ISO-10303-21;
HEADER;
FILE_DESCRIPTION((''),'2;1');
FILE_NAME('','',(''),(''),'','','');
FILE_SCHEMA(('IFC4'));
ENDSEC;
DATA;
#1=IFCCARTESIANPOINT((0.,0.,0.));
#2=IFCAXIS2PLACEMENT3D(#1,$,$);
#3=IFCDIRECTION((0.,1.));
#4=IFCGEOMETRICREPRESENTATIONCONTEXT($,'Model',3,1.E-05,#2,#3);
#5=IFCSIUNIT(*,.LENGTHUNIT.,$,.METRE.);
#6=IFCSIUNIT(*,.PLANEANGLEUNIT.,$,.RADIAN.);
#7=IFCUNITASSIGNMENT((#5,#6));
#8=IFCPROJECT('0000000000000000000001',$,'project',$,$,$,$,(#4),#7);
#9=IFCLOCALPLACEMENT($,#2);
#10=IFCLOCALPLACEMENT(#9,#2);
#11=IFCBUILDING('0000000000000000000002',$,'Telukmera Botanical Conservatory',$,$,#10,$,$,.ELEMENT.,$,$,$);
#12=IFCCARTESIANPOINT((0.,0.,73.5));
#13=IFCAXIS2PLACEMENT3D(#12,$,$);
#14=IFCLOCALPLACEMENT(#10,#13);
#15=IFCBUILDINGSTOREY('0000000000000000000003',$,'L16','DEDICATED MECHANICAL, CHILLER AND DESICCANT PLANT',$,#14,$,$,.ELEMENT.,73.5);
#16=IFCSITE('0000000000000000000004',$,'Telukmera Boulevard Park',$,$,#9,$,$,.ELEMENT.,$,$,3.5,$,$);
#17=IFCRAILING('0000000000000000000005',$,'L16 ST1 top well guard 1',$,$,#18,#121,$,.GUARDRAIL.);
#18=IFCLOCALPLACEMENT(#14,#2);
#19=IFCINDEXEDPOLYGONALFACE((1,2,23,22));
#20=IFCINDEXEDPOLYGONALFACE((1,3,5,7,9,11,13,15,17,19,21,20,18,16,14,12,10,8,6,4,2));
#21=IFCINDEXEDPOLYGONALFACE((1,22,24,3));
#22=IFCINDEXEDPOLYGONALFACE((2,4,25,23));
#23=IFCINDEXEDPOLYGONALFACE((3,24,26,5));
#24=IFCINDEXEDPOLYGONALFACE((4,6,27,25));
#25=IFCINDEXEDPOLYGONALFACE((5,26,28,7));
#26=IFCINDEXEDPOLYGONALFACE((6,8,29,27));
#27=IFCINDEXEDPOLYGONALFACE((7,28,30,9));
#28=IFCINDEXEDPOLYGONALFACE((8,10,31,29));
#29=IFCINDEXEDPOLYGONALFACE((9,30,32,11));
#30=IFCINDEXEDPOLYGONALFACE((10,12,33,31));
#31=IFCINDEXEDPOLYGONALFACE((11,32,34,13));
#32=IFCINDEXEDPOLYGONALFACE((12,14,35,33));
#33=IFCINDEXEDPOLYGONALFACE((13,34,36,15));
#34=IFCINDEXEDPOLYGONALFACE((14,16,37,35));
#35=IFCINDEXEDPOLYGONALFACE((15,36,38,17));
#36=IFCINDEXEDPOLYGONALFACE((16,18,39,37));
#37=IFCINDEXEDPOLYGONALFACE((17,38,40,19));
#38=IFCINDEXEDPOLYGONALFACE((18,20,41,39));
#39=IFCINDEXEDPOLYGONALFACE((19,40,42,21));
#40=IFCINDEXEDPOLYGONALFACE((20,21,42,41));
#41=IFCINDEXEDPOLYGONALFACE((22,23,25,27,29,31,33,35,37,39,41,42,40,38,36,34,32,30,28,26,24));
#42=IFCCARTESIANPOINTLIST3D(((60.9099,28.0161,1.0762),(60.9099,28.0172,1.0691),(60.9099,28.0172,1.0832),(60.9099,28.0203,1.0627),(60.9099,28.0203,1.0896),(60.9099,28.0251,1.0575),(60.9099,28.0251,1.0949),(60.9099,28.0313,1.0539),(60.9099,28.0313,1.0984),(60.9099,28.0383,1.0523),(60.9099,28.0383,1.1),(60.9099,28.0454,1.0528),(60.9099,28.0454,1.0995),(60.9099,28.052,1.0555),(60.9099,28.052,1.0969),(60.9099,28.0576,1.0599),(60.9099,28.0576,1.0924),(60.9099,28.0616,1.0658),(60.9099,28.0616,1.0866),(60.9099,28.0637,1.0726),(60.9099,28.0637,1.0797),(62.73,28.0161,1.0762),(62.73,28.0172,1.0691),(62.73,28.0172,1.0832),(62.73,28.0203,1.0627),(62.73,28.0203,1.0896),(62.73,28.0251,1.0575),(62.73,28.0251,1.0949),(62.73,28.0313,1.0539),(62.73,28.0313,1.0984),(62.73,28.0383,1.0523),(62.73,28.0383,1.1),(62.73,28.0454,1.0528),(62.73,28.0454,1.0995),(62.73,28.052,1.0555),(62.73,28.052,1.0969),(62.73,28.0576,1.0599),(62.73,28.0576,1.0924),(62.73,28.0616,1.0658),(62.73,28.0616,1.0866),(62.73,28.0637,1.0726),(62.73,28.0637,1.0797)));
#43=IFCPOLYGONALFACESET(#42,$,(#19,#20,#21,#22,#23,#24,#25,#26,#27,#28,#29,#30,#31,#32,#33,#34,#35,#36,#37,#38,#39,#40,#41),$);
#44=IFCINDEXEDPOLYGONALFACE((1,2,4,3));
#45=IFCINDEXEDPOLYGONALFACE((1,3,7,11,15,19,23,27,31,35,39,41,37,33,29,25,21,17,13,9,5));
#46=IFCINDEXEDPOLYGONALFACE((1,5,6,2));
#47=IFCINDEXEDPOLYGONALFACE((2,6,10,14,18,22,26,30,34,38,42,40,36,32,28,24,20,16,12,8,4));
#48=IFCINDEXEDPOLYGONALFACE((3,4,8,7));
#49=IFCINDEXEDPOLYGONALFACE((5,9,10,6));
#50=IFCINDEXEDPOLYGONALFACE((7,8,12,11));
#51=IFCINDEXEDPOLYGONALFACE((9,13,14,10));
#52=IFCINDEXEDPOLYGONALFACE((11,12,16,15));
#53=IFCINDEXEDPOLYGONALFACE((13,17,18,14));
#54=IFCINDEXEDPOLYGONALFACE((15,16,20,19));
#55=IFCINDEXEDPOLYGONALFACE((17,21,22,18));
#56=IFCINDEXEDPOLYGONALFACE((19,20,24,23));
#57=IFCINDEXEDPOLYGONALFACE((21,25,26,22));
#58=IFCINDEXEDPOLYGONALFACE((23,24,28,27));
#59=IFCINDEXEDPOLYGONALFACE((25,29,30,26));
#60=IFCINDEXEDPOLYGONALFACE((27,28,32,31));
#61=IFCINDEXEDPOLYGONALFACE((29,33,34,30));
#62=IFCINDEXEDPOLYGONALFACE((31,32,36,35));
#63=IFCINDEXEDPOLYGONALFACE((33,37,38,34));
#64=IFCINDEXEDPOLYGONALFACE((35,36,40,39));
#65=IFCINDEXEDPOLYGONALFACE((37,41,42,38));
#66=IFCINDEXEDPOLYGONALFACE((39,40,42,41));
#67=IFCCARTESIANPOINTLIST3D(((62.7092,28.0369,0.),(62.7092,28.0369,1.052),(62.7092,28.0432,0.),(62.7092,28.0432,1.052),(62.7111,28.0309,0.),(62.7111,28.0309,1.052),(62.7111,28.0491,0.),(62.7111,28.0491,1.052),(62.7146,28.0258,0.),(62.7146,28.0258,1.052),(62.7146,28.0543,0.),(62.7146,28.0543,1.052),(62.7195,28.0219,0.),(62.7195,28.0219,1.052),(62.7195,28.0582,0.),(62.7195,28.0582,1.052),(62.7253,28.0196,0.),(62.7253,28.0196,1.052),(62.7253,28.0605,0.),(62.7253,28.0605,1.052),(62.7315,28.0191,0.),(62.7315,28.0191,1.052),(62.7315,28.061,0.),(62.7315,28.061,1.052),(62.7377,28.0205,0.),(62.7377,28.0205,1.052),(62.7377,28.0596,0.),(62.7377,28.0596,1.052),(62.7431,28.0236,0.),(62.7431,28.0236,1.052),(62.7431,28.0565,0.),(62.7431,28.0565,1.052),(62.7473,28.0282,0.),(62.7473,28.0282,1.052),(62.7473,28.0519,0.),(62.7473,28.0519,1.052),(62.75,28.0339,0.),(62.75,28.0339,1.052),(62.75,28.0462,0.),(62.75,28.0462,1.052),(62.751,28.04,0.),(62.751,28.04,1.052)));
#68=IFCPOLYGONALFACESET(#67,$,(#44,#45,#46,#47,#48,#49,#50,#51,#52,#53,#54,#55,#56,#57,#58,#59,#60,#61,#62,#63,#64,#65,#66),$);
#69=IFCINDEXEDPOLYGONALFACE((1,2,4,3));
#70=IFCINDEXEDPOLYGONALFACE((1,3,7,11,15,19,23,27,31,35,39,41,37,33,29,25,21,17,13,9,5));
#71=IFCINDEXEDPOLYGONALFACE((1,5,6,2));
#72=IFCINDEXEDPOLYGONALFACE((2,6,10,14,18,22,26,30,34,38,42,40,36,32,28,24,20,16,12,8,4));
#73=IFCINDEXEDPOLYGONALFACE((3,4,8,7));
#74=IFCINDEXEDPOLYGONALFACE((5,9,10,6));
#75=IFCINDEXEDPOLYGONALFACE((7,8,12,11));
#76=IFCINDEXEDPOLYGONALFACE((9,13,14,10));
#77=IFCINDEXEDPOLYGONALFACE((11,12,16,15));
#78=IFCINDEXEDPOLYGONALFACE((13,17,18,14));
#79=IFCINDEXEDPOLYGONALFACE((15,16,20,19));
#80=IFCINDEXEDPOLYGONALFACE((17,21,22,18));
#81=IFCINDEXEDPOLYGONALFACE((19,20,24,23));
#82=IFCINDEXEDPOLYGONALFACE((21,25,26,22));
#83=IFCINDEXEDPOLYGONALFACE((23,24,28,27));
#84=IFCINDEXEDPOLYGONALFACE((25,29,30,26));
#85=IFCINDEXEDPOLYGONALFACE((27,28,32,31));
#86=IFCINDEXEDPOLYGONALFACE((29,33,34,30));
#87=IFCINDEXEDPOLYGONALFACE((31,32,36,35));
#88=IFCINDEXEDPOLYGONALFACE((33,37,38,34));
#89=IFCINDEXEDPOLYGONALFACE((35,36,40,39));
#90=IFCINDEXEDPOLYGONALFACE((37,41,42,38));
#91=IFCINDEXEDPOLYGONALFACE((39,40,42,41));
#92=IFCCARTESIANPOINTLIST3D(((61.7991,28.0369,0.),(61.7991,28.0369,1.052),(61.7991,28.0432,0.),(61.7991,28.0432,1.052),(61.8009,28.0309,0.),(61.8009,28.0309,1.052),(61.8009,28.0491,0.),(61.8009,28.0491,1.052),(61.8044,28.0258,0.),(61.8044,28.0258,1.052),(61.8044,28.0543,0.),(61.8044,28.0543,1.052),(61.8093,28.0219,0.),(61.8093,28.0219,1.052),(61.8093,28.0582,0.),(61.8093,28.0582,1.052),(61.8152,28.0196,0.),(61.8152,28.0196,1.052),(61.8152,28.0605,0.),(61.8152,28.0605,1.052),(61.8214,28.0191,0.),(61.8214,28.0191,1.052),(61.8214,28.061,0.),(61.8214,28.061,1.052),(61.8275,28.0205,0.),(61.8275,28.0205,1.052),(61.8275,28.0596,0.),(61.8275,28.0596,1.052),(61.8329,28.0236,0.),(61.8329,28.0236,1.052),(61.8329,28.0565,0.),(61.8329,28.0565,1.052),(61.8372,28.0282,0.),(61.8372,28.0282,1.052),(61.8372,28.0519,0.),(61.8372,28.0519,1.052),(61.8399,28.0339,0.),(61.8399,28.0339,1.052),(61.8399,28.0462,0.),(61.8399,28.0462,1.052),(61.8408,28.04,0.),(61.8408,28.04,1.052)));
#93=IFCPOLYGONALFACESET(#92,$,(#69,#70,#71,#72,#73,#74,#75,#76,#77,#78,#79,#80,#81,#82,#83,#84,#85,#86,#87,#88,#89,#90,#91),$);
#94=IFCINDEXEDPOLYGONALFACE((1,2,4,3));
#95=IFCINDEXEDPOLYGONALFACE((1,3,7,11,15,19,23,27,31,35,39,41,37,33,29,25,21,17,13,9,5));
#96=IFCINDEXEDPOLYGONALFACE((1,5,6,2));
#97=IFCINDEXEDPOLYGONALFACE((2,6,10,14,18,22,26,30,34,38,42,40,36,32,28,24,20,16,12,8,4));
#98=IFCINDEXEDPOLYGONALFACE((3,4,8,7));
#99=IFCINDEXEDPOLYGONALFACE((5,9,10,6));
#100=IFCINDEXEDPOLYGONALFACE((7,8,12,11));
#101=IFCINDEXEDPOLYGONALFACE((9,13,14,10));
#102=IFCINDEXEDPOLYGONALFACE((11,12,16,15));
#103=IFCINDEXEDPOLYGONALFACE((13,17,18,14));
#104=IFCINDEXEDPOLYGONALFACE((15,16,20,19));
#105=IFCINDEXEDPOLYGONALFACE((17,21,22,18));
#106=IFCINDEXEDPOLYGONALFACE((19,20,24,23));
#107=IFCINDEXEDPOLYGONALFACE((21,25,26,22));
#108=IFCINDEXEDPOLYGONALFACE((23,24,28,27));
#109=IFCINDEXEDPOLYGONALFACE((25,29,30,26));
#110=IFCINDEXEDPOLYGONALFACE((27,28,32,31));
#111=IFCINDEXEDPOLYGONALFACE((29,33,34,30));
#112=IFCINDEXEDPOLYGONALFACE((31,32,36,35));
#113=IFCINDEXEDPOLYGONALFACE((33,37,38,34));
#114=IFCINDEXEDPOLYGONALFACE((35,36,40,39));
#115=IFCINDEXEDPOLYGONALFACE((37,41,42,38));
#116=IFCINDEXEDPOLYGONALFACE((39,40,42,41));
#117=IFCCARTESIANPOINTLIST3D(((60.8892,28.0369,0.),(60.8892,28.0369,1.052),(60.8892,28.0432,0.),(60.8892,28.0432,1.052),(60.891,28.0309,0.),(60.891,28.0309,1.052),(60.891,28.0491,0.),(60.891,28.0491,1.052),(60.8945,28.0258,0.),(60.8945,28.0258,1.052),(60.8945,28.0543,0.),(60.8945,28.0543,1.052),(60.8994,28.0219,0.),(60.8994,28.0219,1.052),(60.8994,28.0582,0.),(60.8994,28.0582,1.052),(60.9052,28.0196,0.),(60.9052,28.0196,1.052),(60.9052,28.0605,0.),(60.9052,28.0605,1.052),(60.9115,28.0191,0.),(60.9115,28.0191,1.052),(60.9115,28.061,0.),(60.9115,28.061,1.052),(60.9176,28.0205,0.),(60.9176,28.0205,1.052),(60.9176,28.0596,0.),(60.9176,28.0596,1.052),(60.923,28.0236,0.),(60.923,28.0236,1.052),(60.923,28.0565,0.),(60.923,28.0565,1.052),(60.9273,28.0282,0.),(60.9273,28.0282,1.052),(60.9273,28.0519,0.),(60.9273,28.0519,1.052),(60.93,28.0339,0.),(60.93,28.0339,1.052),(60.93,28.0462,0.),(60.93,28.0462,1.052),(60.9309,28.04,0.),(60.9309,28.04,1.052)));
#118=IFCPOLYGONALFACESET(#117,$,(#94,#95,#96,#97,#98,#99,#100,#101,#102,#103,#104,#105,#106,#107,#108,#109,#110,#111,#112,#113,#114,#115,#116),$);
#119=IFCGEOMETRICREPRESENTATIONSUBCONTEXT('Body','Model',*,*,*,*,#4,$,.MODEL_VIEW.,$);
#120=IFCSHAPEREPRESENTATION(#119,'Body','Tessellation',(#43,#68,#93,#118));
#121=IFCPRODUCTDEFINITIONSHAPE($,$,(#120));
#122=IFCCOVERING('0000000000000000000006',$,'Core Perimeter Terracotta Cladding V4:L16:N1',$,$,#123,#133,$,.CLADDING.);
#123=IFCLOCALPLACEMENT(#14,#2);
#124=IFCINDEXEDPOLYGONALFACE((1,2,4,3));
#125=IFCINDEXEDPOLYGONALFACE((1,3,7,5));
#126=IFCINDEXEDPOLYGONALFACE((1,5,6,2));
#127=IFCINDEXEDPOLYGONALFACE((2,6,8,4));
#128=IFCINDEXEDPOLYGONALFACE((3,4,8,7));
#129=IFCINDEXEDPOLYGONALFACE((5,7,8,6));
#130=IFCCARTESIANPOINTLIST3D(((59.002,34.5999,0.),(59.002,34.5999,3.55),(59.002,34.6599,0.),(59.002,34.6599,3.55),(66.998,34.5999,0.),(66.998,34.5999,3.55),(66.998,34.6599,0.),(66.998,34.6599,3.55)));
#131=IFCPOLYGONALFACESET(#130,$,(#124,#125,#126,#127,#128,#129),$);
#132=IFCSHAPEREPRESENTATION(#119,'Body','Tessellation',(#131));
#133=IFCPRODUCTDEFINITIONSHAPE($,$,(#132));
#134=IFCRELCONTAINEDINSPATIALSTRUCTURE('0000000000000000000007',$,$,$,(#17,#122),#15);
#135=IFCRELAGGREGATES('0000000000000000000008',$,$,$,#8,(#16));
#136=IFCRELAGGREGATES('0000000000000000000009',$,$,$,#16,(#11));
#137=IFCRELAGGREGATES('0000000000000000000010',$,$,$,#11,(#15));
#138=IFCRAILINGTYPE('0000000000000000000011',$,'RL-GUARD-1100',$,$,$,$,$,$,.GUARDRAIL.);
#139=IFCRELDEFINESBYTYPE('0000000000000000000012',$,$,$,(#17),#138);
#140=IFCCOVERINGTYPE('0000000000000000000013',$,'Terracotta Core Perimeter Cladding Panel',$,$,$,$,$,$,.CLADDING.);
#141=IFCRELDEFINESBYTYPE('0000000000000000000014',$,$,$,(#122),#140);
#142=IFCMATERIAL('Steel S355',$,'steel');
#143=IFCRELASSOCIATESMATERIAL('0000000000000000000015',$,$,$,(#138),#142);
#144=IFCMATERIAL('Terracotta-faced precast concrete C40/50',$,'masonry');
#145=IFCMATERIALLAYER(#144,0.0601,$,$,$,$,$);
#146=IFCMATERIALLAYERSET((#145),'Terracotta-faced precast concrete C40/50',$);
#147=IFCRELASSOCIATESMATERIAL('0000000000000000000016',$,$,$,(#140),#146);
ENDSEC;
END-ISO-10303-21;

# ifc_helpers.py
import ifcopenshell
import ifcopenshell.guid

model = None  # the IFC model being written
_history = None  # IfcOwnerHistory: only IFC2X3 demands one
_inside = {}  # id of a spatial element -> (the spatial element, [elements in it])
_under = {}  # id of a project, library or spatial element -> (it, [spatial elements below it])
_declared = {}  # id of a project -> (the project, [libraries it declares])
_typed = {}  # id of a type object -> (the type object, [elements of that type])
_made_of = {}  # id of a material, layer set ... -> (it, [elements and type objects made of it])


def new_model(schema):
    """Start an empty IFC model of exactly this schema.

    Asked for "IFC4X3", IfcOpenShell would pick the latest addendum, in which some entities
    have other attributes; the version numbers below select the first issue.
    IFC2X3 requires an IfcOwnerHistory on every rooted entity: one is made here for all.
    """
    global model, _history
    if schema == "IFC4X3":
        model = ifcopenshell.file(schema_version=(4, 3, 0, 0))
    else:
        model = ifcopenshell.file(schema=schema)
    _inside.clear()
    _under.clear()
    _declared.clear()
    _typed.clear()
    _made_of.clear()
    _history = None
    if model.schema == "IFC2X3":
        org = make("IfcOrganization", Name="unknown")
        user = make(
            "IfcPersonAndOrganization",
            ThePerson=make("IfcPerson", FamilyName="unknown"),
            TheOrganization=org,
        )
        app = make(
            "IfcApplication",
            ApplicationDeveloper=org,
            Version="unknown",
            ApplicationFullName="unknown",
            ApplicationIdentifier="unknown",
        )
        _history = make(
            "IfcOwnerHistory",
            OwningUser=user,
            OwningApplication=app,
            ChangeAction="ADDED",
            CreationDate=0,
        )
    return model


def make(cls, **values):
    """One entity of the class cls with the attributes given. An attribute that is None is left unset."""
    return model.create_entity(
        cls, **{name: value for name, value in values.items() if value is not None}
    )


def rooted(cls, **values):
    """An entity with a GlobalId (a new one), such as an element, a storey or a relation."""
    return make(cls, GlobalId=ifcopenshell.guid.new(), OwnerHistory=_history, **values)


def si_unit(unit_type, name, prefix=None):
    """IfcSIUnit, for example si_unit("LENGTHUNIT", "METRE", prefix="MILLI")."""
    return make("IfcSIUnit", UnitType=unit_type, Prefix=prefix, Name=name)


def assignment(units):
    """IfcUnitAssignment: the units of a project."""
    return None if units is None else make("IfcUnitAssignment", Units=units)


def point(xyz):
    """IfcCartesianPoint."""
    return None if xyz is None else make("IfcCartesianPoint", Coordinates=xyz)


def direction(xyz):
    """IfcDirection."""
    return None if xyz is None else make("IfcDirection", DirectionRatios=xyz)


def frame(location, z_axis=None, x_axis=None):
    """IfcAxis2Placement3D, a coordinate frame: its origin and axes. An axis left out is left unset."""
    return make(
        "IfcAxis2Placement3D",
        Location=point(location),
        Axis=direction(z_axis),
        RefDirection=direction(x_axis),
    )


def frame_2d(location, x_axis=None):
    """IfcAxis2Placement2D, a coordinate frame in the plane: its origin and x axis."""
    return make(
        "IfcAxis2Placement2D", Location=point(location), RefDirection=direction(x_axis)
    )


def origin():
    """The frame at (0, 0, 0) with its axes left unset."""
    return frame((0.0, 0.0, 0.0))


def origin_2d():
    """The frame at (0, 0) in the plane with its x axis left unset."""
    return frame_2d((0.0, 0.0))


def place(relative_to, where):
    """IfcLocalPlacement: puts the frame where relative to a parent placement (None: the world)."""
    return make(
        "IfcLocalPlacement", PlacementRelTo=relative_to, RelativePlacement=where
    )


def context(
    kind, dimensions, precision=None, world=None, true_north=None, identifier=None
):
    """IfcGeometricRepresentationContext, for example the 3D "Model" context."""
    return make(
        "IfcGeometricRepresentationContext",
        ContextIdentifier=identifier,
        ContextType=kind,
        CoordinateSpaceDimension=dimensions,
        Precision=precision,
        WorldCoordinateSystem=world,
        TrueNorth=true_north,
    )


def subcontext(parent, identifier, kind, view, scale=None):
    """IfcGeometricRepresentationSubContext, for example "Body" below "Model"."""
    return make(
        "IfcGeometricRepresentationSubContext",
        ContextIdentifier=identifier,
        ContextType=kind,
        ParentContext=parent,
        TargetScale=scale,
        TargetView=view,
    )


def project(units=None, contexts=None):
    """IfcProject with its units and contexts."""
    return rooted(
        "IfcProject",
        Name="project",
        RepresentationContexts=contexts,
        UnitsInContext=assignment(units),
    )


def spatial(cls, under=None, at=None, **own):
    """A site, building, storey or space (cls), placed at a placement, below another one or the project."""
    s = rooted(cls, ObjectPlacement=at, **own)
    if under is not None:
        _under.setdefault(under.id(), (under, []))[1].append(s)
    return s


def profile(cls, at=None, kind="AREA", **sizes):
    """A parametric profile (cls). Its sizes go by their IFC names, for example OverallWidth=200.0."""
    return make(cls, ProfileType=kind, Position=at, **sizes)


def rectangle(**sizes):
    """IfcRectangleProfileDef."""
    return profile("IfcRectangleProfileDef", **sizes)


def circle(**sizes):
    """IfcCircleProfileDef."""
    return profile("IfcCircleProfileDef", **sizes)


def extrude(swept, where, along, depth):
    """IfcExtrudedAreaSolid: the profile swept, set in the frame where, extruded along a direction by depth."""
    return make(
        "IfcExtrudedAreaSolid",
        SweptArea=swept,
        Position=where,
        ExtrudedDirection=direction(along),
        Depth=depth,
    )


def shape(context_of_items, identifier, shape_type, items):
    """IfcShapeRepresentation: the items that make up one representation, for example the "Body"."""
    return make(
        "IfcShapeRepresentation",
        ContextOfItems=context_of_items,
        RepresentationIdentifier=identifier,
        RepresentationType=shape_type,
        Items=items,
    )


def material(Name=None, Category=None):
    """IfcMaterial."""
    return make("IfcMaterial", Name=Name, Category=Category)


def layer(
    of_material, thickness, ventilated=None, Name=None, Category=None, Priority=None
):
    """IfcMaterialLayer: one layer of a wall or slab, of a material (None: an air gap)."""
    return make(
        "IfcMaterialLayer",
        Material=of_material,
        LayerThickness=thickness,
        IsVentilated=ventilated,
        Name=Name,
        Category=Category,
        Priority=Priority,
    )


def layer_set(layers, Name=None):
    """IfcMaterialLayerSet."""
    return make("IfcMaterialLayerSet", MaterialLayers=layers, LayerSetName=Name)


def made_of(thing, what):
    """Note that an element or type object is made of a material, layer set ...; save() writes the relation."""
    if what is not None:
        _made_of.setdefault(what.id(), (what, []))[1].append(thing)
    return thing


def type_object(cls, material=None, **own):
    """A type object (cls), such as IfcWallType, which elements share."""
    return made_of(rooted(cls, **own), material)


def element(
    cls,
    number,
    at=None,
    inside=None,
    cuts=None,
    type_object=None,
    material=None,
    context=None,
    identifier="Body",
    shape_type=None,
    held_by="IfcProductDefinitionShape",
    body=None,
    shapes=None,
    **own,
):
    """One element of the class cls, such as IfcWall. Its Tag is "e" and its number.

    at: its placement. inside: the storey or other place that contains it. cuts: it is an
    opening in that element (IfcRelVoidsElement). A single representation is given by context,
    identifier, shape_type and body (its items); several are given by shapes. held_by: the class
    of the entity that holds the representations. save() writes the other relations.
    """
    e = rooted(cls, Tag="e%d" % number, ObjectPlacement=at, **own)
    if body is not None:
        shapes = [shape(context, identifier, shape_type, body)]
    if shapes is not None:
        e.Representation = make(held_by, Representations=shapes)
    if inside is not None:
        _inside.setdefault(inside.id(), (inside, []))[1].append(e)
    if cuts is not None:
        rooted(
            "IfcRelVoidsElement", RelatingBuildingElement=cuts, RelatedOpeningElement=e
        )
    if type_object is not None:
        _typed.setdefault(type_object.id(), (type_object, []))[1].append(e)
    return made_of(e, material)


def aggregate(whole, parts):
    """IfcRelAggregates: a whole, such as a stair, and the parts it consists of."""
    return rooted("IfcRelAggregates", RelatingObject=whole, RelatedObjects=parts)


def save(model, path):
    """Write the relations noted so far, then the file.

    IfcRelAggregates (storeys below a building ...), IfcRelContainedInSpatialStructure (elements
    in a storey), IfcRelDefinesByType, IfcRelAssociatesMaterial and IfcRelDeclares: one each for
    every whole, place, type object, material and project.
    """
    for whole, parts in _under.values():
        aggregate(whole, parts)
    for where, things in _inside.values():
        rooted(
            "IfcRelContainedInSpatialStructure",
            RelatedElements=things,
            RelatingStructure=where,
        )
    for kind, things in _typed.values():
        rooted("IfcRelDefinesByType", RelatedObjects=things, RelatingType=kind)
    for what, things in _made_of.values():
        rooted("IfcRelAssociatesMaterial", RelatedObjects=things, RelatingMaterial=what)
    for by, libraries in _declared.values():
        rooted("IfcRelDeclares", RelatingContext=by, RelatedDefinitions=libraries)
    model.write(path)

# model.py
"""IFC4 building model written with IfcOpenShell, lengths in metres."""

from ifc_helpers import new_model, si_unit, direction, frame, origin, origin_2d, place, context, subcontext, project, spatial, rectangle, circle, extrude, material, layer, layer_set, type_object, element, save


model = new_model("IFC4")

# Units and contexts
model_context = context("Model", 3, precision=1e-05, world=origin(), true_north=direction((0.0, 1.0)))
body_context = subcontext(model_context, "Body", "Model", "MODEL_VIEW")
ifc_project = project(units=[si_unit("LENGTHUNIT", "METRE"), si_unit("PLANEANGLEUNIT", "RADIAN")], contexts=[model_context])

# Site, building, storey
site_placement = place(None, origin())
site = spatial("IfcSite", under=ifc_project, at=site_placement, Name="Telukmera Boulevard Park", CompositionType="ELEMENT", RefElevation=3.5)
building_placement = place(site_placement, origin())
building = spatial("IfcBuilding", under=site, at=building_placement, Name="Telukmera Botanical Conservatory", CompositionType="ELEMENT")
storey_placement = place(building_placement, frame((0.0, 0.0, 73.5)))
storey = spatial("IfcBuildingStorey", under=building, at=storey_placement, Name="L16", Description="DEDICATED MECHANICAL, CHILLER AND DESICCANT PLANT", CompositionType="ELEMENT", Elevation=73.5)

# Shared definitions
ifc_material_1 = material(Name="Terracotta-faced precast concrete C40/50", Category="masonry")

# Railing
ifc_material_2 = material(Name="Steel S355", Category="steel")
railing_type = type_object("IfcRailingType", Name="RL-GUARD-1100", PredefinedType="GUARDRAIL", material=ifc_material_2)
railing_placement = place(storey_placement, frame((62.73, 28.04, 0.0)))
element("IfcRailing", 1, at=railing_placement, inside=storey, type_object=railing_type, Name="L16 ST1 top well guard 1", PredefinedType="GUARDRAIL", context=body_context, shape_type="SweptSolid", body=[
    extrude(circle(Radius=0.0239, at=origin_2d()), frame((0.0, 0.0, 1.0762), z_axis=(-1.0, 0.0, 0.0), x_axis=(0.0, -1.0, 0.0)), (0.0, 0.0, 1.0), 1.8201),
    extrude(circle(Radius=0.021, at=origin_2d()), origin(), (0.0, 0.0, 1.0), 1.052),
    extrude(circle(Radius=0.021, at=origin_2d()), frame((-0.9102, 0.0, 0.0)), (0.0, 0.0, 1.0), 1.052),
    extrude(circle(Radius=0.021, at=origin_2d()), frame((-1.8201, 0.0, 0.0)), (0.0, 0.0, 1.0), 1.052),
])

# Covering
ifc_layer_1 = layer(ifc_material_1, 0.0601)
ifc_layer_set_1 = layer_set([ifc_layer_1], Name="Terracotta-faced precast concrete C40/50")
covering_type_1 = type_object("IfcCoveringType", Name="Terracotta Core Perimeter Cladding Panel", PredefinedType="CLADDING", material=ifc_layer_set_1)
covering_1_placement = place(storey_placement, frame((63.0, 34.6299, 0.0), z_axis=(0.0, 0.0, 1.0), x_axis=(1.0, 0.0, 0.0)))
element("IfcCovering", 2, at=covering_1_placement, inside=storey, type_object=covering_type_1, Name="Core Perimeter Terracotta Cladding V4:L16:N1", PredefinedType="CLADDING", context=body_context, shape_type="SweptSolid", body=[
    extrude(rectangle(XDim=7.9961, YDim=0.0601, at=origin_2d()), origin(), (0.0, 0.0, 1.0), 3.55),
])

save(model, "model.ifc")
